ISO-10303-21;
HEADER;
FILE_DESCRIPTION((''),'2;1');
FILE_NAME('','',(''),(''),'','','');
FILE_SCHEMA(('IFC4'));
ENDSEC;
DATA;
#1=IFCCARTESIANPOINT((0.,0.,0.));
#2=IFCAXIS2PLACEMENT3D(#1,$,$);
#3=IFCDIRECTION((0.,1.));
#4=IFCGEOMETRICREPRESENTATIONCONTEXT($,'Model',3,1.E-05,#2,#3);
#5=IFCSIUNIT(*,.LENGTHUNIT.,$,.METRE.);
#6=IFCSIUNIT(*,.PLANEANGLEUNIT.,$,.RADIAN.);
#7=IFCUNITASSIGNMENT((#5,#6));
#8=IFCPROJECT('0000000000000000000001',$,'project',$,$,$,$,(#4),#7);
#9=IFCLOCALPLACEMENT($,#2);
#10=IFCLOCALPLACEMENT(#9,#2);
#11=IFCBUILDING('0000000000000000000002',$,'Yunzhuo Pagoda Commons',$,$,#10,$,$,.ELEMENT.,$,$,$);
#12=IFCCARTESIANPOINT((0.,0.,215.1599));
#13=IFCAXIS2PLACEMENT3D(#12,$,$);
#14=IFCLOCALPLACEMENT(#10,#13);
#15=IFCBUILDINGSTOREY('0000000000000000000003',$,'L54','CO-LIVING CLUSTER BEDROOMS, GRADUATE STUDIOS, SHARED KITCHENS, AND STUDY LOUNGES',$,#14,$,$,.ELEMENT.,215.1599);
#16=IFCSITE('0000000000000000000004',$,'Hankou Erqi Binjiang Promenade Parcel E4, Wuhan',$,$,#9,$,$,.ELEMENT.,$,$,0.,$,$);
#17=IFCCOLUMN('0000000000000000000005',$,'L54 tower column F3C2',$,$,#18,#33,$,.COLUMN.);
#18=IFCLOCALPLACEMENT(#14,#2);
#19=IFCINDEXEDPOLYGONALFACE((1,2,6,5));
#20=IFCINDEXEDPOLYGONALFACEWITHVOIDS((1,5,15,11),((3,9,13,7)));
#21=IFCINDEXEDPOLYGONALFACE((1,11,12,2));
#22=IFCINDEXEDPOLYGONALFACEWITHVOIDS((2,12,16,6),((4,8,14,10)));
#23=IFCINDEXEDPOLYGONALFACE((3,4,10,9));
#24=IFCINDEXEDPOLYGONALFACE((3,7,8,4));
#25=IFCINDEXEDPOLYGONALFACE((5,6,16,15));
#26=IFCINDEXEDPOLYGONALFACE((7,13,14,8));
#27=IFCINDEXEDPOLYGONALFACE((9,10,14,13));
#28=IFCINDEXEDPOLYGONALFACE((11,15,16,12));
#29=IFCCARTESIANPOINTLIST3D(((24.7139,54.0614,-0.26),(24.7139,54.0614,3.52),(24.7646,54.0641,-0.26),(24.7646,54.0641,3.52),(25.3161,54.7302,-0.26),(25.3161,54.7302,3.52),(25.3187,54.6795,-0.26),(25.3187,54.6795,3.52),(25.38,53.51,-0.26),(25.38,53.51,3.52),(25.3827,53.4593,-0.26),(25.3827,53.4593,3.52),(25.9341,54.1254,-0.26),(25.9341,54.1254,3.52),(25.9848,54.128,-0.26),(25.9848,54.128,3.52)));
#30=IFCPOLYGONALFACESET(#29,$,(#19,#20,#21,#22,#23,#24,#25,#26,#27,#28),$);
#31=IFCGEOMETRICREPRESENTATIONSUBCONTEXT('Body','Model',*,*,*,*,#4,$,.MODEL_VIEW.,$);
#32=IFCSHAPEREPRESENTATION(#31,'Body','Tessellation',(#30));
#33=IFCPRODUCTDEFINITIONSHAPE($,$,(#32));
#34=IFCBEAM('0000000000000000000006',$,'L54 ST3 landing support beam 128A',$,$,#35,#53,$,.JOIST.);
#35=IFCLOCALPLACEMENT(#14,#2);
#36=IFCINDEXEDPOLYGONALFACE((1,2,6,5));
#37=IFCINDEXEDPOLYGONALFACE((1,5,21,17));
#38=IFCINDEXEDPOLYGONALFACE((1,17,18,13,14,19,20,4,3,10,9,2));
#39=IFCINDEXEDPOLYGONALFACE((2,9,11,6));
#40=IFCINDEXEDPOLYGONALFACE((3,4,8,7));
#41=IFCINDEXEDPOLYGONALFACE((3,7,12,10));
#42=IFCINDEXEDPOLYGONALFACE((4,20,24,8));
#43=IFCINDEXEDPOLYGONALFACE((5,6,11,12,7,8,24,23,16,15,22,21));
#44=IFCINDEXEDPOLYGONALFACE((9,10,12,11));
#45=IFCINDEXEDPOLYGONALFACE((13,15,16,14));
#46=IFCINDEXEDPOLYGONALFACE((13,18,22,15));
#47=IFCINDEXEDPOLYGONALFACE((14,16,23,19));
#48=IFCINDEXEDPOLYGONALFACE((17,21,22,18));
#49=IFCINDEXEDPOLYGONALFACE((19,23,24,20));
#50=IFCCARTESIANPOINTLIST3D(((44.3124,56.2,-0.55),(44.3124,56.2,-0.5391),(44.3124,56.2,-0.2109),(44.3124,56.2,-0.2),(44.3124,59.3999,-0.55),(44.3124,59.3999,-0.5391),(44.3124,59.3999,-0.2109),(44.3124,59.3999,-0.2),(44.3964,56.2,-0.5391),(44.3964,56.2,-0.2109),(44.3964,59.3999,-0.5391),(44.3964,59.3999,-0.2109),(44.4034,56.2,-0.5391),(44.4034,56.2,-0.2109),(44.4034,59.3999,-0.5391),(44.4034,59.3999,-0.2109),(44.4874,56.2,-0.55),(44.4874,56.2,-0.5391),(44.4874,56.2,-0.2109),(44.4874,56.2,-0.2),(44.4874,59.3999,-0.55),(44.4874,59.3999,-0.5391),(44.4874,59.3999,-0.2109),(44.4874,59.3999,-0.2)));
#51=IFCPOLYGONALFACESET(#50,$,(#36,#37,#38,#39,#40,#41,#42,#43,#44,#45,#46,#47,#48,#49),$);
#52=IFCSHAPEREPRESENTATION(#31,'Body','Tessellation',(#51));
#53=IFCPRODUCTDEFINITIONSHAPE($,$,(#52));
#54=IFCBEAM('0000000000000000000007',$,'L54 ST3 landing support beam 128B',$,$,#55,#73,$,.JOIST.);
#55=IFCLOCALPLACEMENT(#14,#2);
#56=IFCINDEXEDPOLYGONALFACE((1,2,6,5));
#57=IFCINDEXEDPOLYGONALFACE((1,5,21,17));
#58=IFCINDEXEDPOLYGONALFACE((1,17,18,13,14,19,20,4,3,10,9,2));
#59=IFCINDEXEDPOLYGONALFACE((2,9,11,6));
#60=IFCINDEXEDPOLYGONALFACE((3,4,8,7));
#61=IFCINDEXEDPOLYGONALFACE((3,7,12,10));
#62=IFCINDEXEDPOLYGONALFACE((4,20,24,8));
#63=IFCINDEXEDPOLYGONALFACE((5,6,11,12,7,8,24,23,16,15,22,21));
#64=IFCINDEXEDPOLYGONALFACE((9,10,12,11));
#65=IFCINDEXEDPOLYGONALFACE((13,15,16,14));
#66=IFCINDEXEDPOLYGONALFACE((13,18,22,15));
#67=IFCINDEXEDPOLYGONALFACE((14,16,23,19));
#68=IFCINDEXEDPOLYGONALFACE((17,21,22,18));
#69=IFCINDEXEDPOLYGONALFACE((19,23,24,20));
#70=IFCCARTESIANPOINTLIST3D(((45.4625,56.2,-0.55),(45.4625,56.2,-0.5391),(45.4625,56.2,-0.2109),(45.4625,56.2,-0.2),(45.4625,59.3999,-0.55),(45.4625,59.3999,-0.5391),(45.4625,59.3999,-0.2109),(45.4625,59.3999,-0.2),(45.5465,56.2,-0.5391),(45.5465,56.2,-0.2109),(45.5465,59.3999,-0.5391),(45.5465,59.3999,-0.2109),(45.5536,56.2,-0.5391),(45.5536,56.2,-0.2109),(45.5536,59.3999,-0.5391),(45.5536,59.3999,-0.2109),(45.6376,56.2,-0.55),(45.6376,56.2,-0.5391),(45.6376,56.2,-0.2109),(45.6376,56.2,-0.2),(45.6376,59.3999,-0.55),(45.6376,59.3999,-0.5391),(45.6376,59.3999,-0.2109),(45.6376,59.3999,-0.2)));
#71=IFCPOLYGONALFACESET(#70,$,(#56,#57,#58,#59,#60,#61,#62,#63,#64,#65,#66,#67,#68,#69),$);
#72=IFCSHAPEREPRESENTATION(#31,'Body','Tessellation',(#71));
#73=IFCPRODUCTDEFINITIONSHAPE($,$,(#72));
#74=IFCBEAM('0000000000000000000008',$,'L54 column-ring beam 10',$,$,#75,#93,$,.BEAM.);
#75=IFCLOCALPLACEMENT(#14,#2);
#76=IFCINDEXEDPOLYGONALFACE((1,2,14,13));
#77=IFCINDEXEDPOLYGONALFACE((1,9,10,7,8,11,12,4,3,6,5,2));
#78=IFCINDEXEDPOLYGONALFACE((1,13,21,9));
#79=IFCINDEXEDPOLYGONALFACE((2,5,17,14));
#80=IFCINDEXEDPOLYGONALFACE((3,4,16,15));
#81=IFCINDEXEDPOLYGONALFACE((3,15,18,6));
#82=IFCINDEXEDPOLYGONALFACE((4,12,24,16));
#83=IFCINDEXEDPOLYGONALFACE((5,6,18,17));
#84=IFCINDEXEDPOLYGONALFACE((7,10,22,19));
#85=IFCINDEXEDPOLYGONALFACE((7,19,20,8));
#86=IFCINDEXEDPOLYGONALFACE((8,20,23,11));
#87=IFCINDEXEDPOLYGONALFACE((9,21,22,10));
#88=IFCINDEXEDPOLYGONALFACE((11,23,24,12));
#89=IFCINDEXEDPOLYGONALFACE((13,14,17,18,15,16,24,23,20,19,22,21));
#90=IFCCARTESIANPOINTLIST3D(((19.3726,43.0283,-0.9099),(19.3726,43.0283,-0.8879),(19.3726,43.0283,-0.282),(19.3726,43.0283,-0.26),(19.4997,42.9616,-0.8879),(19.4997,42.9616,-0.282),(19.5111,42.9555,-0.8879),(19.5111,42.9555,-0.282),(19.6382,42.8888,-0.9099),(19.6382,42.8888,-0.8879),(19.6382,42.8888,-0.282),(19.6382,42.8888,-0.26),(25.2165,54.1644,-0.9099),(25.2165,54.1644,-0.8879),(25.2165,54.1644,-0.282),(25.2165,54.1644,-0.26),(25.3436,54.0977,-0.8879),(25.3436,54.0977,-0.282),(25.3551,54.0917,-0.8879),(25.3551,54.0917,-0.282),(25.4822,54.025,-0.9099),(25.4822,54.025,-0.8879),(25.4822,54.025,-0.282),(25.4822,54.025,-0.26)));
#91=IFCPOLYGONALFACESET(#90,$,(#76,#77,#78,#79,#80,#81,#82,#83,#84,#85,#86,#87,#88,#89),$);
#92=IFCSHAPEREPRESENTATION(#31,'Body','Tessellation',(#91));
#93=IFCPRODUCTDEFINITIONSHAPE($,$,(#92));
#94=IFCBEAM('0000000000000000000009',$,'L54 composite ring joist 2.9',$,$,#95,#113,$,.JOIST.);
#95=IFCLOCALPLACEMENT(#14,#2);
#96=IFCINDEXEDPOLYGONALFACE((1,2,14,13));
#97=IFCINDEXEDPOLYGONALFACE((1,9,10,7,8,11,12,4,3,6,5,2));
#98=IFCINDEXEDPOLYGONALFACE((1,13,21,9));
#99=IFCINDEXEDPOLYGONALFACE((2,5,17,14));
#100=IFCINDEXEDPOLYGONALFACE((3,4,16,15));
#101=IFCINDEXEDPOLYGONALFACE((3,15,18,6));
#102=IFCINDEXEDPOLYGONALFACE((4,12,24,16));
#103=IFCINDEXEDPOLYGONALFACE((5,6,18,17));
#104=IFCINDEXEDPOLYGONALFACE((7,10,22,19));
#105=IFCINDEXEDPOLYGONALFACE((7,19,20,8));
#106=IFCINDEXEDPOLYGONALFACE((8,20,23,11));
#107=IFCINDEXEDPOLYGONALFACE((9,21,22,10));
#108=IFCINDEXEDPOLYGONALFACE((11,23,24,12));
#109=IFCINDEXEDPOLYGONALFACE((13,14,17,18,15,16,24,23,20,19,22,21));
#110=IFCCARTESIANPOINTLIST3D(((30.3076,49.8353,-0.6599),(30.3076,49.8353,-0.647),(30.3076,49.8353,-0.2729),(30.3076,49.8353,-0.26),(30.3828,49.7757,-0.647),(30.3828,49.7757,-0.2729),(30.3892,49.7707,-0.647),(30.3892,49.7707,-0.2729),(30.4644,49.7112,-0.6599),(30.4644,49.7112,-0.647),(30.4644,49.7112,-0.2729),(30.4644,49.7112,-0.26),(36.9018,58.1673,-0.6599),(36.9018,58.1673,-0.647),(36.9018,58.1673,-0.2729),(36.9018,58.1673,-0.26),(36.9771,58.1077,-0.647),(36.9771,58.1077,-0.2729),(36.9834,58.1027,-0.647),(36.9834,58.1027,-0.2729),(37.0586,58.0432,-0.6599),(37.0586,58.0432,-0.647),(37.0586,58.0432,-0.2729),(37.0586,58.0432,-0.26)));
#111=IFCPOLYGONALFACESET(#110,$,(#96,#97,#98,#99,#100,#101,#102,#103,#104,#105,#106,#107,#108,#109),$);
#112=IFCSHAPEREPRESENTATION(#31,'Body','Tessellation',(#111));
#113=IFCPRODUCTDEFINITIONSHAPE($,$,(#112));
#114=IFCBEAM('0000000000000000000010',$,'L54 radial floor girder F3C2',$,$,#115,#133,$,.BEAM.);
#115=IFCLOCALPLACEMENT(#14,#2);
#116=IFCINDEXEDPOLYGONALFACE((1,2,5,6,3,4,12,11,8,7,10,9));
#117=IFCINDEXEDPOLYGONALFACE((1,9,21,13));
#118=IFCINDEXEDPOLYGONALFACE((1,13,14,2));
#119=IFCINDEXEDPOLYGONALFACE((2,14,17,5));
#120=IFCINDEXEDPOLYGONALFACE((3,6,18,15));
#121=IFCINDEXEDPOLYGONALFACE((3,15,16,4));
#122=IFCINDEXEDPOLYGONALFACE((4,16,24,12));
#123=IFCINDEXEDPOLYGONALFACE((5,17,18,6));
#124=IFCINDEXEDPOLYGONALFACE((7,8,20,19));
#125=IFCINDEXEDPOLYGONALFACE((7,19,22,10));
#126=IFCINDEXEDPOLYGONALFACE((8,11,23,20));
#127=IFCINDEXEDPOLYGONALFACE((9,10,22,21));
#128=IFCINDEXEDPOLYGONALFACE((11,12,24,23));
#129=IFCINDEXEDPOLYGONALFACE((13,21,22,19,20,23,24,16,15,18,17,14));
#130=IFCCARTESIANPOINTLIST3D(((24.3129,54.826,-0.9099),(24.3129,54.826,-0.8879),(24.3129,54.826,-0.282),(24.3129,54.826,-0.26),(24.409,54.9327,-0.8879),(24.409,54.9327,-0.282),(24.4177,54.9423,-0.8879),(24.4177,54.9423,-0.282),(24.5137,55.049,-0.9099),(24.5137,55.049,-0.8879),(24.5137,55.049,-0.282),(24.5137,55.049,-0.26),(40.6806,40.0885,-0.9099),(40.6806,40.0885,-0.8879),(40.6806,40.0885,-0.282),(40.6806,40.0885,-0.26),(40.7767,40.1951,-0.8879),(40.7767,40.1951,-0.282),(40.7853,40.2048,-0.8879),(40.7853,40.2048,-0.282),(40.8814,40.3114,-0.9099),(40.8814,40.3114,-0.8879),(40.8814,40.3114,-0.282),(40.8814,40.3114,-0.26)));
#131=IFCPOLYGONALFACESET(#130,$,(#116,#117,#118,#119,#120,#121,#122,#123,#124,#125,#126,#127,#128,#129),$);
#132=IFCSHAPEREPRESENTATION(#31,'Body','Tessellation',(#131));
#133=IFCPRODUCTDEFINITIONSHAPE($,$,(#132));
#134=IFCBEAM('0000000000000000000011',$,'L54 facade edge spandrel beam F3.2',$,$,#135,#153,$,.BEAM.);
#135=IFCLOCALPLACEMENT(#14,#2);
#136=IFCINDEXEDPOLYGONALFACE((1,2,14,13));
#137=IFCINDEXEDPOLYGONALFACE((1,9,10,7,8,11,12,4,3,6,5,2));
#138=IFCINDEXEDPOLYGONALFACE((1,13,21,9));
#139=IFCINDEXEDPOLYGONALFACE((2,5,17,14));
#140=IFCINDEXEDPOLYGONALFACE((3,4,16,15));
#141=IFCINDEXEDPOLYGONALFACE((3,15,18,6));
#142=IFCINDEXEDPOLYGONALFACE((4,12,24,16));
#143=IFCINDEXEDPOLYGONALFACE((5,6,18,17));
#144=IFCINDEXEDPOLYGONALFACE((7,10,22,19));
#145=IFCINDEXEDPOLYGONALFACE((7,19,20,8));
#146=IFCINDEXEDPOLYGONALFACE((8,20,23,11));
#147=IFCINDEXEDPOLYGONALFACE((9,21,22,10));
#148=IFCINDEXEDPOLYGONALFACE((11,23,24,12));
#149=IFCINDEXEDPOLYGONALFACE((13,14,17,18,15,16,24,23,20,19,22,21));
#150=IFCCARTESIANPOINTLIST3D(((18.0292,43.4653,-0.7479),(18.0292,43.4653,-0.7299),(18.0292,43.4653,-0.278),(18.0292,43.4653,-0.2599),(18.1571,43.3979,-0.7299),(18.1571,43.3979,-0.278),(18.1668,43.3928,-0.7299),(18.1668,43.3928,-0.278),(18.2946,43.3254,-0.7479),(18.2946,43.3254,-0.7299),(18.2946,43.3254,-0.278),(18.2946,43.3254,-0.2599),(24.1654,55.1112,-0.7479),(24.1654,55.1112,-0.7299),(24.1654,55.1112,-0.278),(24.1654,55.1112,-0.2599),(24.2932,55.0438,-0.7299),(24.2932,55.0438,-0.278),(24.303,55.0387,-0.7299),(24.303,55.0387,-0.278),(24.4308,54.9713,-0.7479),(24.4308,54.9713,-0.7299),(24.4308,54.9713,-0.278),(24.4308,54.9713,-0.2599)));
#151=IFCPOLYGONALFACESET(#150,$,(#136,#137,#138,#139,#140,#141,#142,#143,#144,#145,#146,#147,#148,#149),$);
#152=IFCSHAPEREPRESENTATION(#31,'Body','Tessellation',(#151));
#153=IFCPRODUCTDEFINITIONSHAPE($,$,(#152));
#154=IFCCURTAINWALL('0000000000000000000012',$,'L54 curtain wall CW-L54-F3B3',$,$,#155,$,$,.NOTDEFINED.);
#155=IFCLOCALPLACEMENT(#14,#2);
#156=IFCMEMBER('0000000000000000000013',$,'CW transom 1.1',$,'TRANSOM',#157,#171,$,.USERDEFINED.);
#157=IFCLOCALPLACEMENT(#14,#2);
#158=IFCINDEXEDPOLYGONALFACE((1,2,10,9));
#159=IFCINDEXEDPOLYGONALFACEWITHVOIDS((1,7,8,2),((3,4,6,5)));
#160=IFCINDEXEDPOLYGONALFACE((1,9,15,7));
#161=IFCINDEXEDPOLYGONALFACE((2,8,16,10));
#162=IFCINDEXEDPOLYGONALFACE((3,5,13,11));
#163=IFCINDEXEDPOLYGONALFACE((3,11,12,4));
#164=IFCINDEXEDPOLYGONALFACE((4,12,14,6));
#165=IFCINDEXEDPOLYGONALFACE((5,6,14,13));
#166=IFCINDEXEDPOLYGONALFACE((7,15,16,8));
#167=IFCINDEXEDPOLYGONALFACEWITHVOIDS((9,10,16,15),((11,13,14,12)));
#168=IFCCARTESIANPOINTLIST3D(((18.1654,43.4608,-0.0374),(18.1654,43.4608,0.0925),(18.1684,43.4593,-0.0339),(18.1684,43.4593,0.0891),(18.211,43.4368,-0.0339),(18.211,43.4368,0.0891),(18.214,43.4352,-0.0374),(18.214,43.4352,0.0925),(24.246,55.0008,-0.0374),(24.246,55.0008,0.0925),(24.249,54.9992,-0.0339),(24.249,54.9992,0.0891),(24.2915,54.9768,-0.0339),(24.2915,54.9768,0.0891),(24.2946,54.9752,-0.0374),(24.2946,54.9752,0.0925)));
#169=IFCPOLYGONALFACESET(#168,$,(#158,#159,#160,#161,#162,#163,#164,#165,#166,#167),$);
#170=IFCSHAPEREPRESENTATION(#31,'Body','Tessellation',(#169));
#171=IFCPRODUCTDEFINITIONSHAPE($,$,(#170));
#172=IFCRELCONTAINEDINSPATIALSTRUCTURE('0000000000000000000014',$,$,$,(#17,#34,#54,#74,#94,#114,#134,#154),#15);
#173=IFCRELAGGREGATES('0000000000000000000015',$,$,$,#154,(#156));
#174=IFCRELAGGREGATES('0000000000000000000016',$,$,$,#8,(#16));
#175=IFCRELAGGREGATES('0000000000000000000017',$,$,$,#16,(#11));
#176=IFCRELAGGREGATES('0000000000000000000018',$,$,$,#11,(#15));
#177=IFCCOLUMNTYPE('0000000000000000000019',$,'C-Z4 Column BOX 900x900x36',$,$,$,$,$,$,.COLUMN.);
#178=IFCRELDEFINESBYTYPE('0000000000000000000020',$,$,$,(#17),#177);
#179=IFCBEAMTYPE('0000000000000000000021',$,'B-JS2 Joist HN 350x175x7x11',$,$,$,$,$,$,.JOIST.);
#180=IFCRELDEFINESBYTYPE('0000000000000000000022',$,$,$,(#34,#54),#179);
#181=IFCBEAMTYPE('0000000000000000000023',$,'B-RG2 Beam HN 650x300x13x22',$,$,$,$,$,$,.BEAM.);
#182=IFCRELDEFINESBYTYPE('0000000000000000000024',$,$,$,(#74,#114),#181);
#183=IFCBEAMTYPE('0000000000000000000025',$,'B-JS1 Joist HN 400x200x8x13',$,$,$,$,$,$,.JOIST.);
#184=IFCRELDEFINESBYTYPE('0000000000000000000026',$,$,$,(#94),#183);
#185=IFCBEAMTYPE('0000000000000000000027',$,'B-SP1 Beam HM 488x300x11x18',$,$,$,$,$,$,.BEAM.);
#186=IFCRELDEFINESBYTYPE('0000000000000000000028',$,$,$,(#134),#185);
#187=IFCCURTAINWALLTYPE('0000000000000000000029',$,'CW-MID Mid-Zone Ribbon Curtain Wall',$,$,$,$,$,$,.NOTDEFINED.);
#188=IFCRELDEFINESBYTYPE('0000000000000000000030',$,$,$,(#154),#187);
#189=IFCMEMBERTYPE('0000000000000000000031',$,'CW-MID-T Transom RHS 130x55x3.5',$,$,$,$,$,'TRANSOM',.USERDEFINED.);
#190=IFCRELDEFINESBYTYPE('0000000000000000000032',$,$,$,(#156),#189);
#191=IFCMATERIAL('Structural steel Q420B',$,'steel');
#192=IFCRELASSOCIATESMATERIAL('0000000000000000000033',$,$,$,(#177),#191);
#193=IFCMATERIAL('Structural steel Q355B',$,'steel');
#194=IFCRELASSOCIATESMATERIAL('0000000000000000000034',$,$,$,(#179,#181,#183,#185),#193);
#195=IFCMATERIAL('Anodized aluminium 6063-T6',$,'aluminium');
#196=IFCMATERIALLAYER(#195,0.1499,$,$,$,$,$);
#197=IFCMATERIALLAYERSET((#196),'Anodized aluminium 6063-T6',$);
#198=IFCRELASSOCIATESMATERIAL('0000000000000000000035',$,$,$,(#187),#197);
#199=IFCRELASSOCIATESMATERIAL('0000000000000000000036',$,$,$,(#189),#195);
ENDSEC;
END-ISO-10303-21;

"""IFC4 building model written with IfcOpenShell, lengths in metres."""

from ifc_helpers import new_model, si_unit, direction, frame, origin, origin_2d, place, context, subcontext, project, spatial, hollow_rectangle, i_section, extrude, source, transform, mapped, material, layer, layer_set, material_profile, profile_set, type_object, element, aggregate, save


model = new_model("IFC4")

# Units and contexts
model_context = context("Model", 3, precision=1e-05, world=origin(), true_north=direction((0.0, 1.0)))
body_context = subcontext(model_context, "Body", "Model", "MODEL_VIEW")
ifc_project = project(units=[si_unit("LENGTHUNIT", "METRE"), si_unit("PLANEANGLEUNIT", "RADIAN")], contexts=[model_context])

# Site, building, storey
site_placement = place(None, origin())
site = spatial("IfcSite", under=ifc_project, at=site_placement, Name="Hankou Erqi Binjiang Promenade Parcel E4, Wuhan", CompositionType="ELEMENT", RefElevation=0.0)
building_placement = place(site_placement, origin())
building = spatial("IfcBuilding", under=site, at=building_placement, Name="Yunzhuo Pagoda Commons", CompositionType="ELEMENT")
storey_placement = place(building_placement, frame((0.0, 0.0, 215.1599)))
storey = spatial("IfcBuildingStorey", under=building, at=storey_placement, Name="L54", Description="CO-LIVING CLUSTER BEDROOMS, GRADUATE STUDIOS, SHARED KITCHENS, AND STUDY LOUNGES", CompositionType="ELEMENT", Elevation=215.1599)

# Column
ifc_material_1 = material(Name="Structural steel Q420B", Category="steel")
ifc_material_profile_1 = material_profile(ifc_material_1, hollow_rectangle(XDim=0.8999, YDim=0.8999, WallThickness=0.0359, at=origin_2d()), Name="Structural steel Q420B")
ifc_profile_set_1 = profile_set([ifc_material_profile_1], Name="Structural steel Q420B")
column_type = type_object("IfcColumnType", Name="C-Z4 Column BOX 900x900x36", PredefinedType="COLUMN", material=ifc_profile_set_1)
shared_shape_1 = source(origin(), body_context, "Body", "SweptSolid", [
    extrude(hollow_rectangle(XDim=0.8999, YDim=0.8999, WallThickness=0.0359, at=origin_2d()), origin(), (0.0, 0.0, 1.0), 3.78),
])
column_placement = place(storey_placement, frame((25.3494, 54.0947, -0.26), z_axis=(0.0, 0.0, 1.0), x_axis=(-0.669131, -0.743145, 0.0)))
element("IfcColumn", 1, at=column_placement, inside=storey, type_object=column_type, Name="L54 tower column F3C2", PredefinedType="COLUMN", context=body_context, shape_type="MappedRepresentation", body=[
    mapped(shared_shape_1, transform((0.0, 0.0, 0.0), scale=1.0)),
])

# Beams
ifc_material_2 = material(Name="Structural steel Q355B", Category="steel")
ifc_material_profile_2 = material_profile(ifc_material_2, i_section(OverallWidth=0.175, OverallDepth=0.3501, WebThickness=0.0071, FlangeThickness=0.011, at=origin_2d()), Name="Structural steel Q355B")
ifc_profile_set_2 = profile_set([ifc_material_profile_2], Name="Structural steel Q355B")
beam_type_1 = type_object("IfcBeamType", Name="B-JS2 Joist HN 350x175x7x11", PredefinedType="JOIST", material=ifc_profile_set_2)
shared_shape_2 = source(origin(), body_context, "Body", "SweptSolid", [
    extrude(i_section(OverallWidth=0.175, OverallDepth=0.3501, WebThickness=0.0071, FlangeThickness=0.011, at=origin_2d()), origin(), (0.0, 0.0, 1.0), 3.2),
])
for number, where, z_axis, x_axis, name in (
    (2, (44.3999, 56.2, -0.375), (0.0, 1.0, 0.0), (-1.0, 0.0, 0.0), "L54 ST3 landing support beam 128A"),
    (3, (45.55, 56.2, -0.375), (0.0, 1.0, 0.0), (-1.0, 0.0, 0.0), "L54 ST3 landing support beam 128B"),
):
    element("IfcBeam", number, at=place(storey_placement, frame(where, z_axis=z_axis, x_axis=x_axis)), inside=storey, type_object=beam_type_1, Name=name, PredefinedType="JOIST", context=body_context, shape_type="MappedRepresentation", body=[
        mapped(shared_shape_2, transform((0.0, 0.0, 0.0), scale=1.0)),
    ])
ifc_material_profile_3 = material_profile(ifc_material_2, i_section(OverallWidth=0.3, OverallDepth=0.6499, WebThickness=0.0129, FlangeThickness=0.022, at=origin_2d()), Name="Structural steel Q355B")
ifc_profile_set_3 = profile_set([ifc_material_profile_3], Name="Structural steel Q355B")
beam_type_2 = type_object("IfcBeamType", Name="B-RG2 Beam HN 650x300x13x22", PredefinedType="BEAM", material=ifc_profile_set_3)
shared_shape_3 = source(origin(), body_context, "Body", "SweptSolid", [
    extrude(i_section(OverallWidth=0.3, OverallDepth=0.6499, WebThickness=0.0129, FlangeThickness=0.022, at=origin_2d()), origin(), (0.0, 0.0, 1.0), 12.5764),
])
beam_1_placement = place(storey_placement, frame((25.3494, 54.0947, -0.585), z_axis=(-0.464676, -0.885481, 0.0), x_axis=(0.885481, -0.464676, 0.0)))
element("IfcBeam", 4, at=beam_1_placement, inside=storey, type_object=beam_type_2, Name="L54 column-ring beam 10", PredefinedType="BEAM", context=body_context, shape_type="MappedRepresentation", body=[
    mapped(shared_shape_3, transform((0.0, 0.0, 0.0), scale=1.0)),
])
ifc_material_profile_4 = material_profile(ifc_material_2, i_section(OverallWidth=0.2, OverallDepth=0.3999, WebThickness=0.0081, FlangeThickness=0.0129, at=origin_2d()), Name="Structural steel Q355B")
ifc_profile_set_4 = profile_set([ifc_material_profile_4], Name="Structural steel Q355B")
beam_type_3 = type_object("IfcBeamType", Name="B-JS1 Joist HN 400x200x8x13", PredefinedType="JOIST", material=ifc_profile_set_4)
shared_shape_4 = source(origin(), body_context, "Body", "SweptSolid", [
    extrude(i_section(OverallWidth=0.2, OverallDepth=0.3999, WebThickness=0.0081, FlangeThickness=0.0129, at=origin_2d()), origin(), (0.0, 0.0, 1.0), 10.6257),
])
beam_2_placement = place(storey_placement, frame((36.9802, 58.1052, -0.46), z_axis=(-0.62059, -0.784135, 0.0), x_axis=(0.784135, -0.62059, 0.0)))
element("IfcBeam", 5, at=beam_2_placement, inside=storey, type_object=beam_type_3, Name="L54 composite ring joist 2.9", PredefinedType="JOIST", context=body_context, shape_type="MappedRepresentation", body=[
    mapped(shared_shape_4, transform((0.0, 0.0, 0.0), scale=1.0)),
])
shared_shape_5 = source(origin(), body_context, "Body", "SweptSolid", [
    extrude(i_section(OverallWidth=0.3, OverallDepth=0.6499, WebThickness=0.0129, FlangeThickness=0.022, at=origin_2d()), origin(), (0.0, 0.0, 1.0), 22.0249),
])
beam_3_placement = place(storey_placement, frame((24.4133, 54.9375, -0.585), z_axis=(0.743144, -0.669131, 0.0), x_axis=(0.669131, 0.743144, 0.0)))
element("IfcBeam", 6, at=beam_3_placement, inside=storey, type_object=beam_type_2, Name="L54 radial floor girder F3C2", PredefinedType="BEAM", context=body_context, shape_type="MappedRepresentation", body=[
    mapped(shared_shape_5, transform((0.0, 0.0, 0.0), scale=1.0)),
])
ifc_material_profile_5 = material_profile(ifc_material_2, i_section(OverallWidth=0.3, OverallDepth=0.488, WebThickness=0.011, FlangeThickness=0.0181, at=origin_2d()), Name="Structural steel Q355B")
ifc_profile_set_5 = profile_set([ifc_material_profile_5], Name="Structural steel Q355B")
beam_type_4 = type_object("IfcBeamType", Name="B-SP1 Beam HM 488x300x11x18", PredefinedType="BEAM", material=ifc_profile_set_5)
shared_shape_6 = source(origin(), body_context, "Body", "SweptSolid", [
    extrude(i_section(OverallWidth=0.3, OverallDepth=0.488, WebThickness=0.011, FlangeThickness=0.0181, at=origin_2d()), origin(), (0.0, 0.0, 1.0), 13.1636),
])
beam_4_placement = place(storey_placement, frame((24.2981, 55.0413, -0.5039), z_axis=(-0.466148, -0.884707, 0.0), x_axis=(0.884707, -0.466148, 0.0)))
element("IfcBeam", 7, at=beam_4_placement, inside=storey, type_object=beam_type_4, Name="L54 facade edge spandrel beam F3.2", PredefinedType="BEAM", context=body_context, shape_type="MappedRepresentation", body=[
    mapped(shared_shape_6, transform((0.0, 0.0, 0.0), scale=1.0)),
])

# Curtain wall, member
ifc_material_3 = material(Name="Anodized aluminium 6063-T6", Category="aluminium")
ifc_layer_1 = layer(ifc_material_3, 0.1499)
ifc_layer_set_1 = layer_set([ifc_layer_1], Name="Anodized aluminium 6063-T6")
curtain_wall_type = type_object("IfcCurtainWallType", Name="CW-MID Mid-Zone Ribbon Curtain Wall", PredefinedType="NOTDEFINED", material=ifc_layer_set_1)
curtain_wall_1_placement = place(storey_placement, origin())
curtain_wall_1 = element("IfcCurtainWall", 8, at=curtain_wall_1_placement, inside=storey, type_object=curtain_wall_type, Name="L54 curtain wall CW-L54-F3B3", PredefinedType="NOTDEFINED")
ifc_material_profile_6 = material_profile(ifc_material_3, hollow_rectangle(XDim=0.0549, YDim=0.1299, WallThickness=0.0034, at=origin_2d()), Name="Anodized aluminium 6063-T6")
ifc_profile_set_6 = profile_set([ifc_material_profile_6], Name="Anodized aluminium 6063-T6")
member_type_1 = type_object("IfcMemberType", Name="CW-MID-T Transom RHS 130x55x3.5", ElementType="TRANSOM", PredefinedType="USERDEFINED", material=ifc_profile_set_6)
shared_shape_7 = source(origin(), body_context, "Body", "SweptSolid", [
    extrude(hollow_rectangle(XDim=0.0549, YDim=0.1299, WallThickness=0.0034, at=origin_2d()), origin(), (0.0, 0.0, 1.0), 13.0439),
])
member_1_placement = place(storey_placement, frame((24.2703, 54.988, 0.0276), z_axis=(-0.466158, -0.884701, 0.0), x_axis=(0.884701, -0.466158, 0.0)))
member_1 = element("IfcMember", 9, at=member_1_placement, type_object=member_type_1, Name="CW transom 1.1", ObjectType="TRANSOM", PredefinedType="USERDEFINED", context=body_context, shape_type="MappedRepresentation", body=[
    mapped(shared_shape_7, transform((0.0, 0.0, 0.0), scale=1.0)),
])
aggregate(curtain_wall_1, [member_1])

save(model, "model.ifc")
